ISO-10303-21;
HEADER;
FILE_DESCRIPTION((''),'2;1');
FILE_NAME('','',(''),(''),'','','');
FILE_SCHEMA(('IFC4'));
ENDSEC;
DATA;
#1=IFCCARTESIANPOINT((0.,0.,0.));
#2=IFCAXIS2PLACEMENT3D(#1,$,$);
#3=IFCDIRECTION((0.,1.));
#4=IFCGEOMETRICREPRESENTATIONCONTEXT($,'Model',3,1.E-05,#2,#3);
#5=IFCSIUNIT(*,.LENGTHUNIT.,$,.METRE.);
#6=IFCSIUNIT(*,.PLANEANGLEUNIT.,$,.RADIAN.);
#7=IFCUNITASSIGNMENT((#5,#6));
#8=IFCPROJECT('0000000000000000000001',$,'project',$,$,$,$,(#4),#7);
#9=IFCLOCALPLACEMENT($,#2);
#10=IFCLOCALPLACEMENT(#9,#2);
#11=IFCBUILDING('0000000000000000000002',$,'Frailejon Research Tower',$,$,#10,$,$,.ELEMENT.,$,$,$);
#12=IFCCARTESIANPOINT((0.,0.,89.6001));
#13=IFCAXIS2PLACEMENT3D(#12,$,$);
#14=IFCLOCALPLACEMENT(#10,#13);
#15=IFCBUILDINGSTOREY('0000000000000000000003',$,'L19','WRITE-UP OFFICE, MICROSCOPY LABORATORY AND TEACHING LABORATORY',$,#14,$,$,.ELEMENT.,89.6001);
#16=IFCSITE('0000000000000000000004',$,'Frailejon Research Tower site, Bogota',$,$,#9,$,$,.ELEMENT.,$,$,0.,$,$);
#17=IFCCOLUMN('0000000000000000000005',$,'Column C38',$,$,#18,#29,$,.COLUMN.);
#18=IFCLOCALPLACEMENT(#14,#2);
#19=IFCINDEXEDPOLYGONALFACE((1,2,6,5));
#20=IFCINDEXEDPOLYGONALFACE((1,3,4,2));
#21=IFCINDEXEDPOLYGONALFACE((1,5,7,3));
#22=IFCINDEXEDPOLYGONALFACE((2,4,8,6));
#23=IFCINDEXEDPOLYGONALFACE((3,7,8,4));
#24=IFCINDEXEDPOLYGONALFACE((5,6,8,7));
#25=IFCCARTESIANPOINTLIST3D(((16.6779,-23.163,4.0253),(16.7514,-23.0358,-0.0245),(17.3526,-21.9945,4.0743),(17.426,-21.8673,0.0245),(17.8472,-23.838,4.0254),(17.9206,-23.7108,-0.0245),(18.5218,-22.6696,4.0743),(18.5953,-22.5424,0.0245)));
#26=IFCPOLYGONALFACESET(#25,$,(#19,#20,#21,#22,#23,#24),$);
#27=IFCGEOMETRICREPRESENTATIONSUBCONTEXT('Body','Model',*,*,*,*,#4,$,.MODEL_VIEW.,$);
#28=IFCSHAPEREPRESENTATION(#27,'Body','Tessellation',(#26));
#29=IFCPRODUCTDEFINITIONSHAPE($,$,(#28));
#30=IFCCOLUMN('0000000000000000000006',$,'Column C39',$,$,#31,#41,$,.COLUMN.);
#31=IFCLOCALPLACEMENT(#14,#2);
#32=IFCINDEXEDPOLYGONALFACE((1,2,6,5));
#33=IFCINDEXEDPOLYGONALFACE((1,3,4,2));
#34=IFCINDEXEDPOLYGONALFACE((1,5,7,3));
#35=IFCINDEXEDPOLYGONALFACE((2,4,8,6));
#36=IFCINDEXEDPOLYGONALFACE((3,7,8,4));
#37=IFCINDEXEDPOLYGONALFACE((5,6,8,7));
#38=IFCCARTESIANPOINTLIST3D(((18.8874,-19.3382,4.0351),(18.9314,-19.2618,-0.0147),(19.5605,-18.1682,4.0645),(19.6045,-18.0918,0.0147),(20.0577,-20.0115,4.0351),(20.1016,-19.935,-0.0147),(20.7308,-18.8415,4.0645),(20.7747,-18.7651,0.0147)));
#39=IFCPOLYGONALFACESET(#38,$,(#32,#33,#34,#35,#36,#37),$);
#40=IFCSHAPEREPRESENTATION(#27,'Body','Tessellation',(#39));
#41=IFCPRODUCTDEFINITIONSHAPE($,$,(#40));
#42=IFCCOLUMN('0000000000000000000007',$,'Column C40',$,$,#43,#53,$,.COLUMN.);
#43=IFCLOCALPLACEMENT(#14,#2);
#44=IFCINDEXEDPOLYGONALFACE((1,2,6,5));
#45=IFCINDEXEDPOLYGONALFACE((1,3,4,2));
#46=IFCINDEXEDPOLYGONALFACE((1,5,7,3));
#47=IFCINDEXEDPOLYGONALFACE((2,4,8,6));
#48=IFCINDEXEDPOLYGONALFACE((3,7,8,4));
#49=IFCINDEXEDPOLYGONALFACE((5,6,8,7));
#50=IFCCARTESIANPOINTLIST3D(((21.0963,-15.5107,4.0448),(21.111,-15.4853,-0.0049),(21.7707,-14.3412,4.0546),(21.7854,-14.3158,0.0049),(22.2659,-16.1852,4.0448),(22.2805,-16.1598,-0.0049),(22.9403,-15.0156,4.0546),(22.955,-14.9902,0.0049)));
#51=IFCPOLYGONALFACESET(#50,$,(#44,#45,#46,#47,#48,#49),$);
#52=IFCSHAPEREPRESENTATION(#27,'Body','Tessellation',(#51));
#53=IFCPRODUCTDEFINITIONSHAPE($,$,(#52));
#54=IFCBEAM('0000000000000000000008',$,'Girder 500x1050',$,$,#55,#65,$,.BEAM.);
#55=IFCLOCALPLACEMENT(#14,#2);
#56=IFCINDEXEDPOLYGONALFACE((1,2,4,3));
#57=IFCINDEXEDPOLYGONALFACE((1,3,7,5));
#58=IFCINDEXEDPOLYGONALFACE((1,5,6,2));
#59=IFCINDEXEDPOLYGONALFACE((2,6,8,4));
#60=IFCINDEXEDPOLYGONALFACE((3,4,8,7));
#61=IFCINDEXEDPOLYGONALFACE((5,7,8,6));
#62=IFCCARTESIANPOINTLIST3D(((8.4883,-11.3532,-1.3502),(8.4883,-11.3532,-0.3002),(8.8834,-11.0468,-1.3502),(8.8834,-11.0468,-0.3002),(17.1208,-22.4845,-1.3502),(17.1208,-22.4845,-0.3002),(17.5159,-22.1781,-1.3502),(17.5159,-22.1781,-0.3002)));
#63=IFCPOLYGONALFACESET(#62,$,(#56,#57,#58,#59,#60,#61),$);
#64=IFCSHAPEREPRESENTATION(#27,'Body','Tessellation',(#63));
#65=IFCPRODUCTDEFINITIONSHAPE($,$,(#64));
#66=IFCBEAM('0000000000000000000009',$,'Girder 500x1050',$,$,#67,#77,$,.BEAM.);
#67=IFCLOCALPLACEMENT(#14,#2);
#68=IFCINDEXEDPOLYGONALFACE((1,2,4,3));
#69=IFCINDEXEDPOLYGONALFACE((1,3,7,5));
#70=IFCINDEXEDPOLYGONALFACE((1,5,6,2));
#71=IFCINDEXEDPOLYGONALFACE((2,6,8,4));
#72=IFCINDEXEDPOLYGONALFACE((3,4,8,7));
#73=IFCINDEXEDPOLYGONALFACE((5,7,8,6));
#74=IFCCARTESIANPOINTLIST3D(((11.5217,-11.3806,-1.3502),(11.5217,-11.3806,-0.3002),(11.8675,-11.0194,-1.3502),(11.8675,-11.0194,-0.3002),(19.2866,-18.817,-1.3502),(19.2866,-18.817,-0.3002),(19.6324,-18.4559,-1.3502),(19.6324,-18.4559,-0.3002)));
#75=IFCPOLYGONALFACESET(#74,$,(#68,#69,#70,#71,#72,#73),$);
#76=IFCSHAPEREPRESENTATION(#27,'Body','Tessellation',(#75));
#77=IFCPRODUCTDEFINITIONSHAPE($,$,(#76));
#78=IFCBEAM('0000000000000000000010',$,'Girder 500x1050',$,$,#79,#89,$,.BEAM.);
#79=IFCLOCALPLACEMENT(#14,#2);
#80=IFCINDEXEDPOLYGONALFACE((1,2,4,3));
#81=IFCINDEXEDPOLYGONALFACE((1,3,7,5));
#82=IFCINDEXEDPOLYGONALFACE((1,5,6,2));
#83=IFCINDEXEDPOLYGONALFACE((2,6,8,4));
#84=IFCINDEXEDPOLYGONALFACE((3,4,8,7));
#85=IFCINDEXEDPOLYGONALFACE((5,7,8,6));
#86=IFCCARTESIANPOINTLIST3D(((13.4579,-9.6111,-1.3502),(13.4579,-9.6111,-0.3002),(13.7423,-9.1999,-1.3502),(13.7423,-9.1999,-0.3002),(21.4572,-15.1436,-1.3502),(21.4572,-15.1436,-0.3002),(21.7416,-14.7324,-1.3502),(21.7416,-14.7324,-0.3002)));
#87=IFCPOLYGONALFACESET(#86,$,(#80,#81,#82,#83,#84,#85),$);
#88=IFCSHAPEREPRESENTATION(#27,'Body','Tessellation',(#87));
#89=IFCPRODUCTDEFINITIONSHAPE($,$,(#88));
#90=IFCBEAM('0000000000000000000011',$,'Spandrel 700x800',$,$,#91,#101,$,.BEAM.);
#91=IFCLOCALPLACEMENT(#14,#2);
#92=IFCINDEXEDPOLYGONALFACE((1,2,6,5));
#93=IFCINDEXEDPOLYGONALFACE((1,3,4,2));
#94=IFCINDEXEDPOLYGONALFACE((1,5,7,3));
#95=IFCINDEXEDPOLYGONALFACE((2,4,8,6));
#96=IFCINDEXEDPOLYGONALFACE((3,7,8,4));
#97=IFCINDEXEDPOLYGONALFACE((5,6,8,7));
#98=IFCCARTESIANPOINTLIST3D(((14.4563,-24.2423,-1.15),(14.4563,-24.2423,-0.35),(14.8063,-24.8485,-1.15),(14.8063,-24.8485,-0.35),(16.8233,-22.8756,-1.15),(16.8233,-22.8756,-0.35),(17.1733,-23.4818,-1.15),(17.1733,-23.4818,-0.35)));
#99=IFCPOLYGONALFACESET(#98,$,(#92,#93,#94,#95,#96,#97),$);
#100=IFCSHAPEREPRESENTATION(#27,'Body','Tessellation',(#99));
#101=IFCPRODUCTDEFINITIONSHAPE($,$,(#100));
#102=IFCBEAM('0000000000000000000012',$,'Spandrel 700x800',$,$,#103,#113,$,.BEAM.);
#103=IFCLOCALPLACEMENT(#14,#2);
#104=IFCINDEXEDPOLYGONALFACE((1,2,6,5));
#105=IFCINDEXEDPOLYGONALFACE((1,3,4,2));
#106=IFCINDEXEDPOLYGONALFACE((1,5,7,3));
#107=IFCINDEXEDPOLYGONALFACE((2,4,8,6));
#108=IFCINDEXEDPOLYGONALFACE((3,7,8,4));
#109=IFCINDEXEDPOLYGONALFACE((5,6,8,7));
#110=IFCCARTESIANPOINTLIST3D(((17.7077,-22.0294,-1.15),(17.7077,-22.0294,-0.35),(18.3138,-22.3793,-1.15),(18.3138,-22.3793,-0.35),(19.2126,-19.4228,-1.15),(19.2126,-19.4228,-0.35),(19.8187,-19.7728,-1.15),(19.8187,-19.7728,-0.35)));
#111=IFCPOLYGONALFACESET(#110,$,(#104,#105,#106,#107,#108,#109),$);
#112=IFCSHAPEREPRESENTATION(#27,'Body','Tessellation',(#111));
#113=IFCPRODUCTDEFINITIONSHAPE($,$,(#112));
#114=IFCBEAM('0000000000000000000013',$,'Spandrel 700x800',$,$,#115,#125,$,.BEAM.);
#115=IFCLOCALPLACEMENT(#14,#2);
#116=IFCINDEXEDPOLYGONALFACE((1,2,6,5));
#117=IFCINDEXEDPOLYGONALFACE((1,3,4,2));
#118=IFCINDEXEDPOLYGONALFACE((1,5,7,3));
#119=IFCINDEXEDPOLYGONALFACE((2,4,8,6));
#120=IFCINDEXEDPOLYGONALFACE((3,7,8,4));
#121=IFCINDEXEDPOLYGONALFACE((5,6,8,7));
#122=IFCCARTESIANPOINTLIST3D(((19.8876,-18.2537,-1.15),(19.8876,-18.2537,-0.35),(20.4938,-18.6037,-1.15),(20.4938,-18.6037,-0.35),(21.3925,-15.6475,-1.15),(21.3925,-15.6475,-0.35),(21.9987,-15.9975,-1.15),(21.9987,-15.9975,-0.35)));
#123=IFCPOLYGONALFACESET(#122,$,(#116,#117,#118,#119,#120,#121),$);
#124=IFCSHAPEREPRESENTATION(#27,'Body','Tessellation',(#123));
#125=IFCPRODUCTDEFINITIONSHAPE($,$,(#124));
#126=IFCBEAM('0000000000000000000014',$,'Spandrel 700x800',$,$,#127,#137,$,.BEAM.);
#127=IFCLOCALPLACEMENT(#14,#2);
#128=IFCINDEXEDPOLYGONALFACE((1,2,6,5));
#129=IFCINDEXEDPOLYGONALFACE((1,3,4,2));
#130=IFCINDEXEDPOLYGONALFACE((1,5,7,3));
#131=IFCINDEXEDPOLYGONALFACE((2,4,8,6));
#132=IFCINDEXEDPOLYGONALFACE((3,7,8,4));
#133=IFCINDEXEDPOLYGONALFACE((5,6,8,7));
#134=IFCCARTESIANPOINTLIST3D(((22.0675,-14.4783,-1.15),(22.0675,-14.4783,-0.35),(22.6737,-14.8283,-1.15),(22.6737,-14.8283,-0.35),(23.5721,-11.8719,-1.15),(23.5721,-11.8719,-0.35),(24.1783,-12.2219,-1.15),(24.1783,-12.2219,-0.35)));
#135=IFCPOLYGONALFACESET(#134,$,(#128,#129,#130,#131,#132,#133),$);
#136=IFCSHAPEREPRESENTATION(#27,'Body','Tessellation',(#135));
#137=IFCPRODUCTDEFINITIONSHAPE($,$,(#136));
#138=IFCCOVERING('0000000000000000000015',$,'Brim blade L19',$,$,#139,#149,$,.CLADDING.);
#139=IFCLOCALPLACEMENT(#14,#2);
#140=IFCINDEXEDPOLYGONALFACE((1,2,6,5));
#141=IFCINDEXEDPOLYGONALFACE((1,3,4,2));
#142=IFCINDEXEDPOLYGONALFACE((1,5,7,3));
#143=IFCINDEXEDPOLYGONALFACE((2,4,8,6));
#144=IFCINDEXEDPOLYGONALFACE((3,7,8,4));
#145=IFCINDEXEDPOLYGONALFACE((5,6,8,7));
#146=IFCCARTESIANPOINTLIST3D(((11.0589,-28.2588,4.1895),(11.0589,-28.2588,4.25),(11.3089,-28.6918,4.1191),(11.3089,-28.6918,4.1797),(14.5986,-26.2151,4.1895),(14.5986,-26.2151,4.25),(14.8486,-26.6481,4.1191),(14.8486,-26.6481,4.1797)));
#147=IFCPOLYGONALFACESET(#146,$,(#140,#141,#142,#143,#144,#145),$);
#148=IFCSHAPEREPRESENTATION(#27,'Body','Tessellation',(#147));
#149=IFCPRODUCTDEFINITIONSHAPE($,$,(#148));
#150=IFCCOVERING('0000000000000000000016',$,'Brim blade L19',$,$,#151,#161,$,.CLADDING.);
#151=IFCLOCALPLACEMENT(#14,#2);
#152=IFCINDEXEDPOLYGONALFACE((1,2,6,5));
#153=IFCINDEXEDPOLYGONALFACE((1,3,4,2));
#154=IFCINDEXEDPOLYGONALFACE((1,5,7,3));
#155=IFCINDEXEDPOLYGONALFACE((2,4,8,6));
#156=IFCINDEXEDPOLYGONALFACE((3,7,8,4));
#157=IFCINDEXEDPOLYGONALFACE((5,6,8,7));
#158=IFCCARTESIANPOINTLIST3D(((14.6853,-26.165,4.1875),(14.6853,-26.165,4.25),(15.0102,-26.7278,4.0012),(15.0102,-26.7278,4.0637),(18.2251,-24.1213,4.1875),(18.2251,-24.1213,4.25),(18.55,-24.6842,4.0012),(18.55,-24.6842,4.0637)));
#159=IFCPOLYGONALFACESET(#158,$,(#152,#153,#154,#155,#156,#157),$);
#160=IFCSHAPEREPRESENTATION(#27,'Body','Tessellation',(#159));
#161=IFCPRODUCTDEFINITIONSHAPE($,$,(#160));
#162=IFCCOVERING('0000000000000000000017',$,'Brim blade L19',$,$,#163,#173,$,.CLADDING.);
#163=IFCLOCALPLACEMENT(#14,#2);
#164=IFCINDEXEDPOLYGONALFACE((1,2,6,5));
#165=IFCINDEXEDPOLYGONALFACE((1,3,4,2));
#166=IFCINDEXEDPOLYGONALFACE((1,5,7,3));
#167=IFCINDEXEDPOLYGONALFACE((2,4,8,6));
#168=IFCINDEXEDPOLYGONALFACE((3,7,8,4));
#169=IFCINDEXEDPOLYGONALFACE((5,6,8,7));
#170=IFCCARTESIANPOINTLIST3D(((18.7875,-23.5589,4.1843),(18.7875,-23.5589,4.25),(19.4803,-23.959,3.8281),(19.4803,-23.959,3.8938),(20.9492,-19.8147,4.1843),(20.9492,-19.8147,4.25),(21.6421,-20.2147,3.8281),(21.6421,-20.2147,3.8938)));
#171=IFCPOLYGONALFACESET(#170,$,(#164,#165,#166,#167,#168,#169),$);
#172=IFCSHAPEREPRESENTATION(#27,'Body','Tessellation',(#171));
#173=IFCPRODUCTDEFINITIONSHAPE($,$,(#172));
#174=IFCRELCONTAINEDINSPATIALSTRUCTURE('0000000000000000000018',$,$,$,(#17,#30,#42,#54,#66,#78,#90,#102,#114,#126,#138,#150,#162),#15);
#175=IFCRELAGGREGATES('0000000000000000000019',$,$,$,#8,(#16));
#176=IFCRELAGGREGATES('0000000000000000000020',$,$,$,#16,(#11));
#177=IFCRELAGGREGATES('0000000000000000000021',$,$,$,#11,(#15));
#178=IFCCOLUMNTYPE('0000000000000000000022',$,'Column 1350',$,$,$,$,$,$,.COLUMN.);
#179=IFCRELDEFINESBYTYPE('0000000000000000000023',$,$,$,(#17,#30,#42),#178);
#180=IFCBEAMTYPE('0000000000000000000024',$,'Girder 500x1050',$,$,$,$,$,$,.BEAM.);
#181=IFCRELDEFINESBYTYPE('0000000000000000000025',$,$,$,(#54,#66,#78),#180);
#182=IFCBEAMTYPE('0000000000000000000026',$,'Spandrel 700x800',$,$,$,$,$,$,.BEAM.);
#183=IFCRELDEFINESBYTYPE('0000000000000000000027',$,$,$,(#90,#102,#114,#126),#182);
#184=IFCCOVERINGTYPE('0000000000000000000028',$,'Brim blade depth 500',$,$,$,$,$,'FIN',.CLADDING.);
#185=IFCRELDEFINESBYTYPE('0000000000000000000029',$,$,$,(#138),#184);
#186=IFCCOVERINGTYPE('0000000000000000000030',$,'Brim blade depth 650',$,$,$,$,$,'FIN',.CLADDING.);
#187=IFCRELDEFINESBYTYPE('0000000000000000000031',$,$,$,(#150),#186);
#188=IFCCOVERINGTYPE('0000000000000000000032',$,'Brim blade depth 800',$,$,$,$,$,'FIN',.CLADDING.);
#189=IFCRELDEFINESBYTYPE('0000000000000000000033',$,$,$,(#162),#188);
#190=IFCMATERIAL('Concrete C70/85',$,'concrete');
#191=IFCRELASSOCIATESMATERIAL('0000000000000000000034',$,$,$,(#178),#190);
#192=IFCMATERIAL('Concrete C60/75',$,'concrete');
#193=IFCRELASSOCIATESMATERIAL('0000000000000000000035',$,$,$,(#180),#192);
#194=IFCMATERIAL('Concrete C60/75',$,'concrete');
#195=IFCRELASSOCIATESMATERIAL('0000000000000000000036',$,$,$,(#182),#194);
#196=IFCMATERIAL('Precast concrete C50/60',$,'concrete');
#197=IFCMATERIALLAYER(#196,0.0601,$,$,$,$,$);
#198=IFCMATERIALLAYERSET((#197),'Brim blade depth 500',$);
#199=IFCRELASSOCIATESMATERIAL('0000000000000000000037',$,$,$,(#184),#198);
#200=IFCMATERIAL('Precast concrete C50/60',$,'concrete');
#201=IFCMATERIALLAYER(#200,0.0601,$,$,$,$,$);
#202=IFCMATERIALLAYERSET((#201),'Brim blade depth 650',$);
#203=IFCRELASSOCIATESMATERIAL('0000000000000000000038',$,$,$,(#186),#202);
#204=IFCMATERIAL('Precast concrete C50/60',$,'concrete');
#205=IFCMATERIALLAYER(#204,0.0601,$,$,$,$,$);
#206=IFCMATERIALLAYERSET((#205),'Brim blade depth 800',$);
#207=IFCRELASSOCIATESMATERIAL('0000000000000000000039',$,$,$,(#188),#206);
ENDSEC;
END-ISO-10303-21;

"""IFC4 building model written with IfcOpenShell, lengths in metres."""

from ifc_helpers import new_model, si_unit, direction, frame, origin, origin_2d, place, context, subcontext, project, spatial, polyline, rectangle, outline, extrude, material, layer, layer_set, material_profile, profile_set, type_object, element, save


model = new_model("IFC4")

# Units and contexts
model_context = context("Model", 3, precision=1e-05, world=origin(), true_north=direction((0.0, 1.0)))
body_context = subcontext(model_context, "Body", "Model", "MODEL_VIEW")
ifc_project = project(units=[si_unit("LENGTHUNIT", "METRE"), si_unit("PLANEANGLEUNIT", "RADIAN")], contexts=[model_context])

# Site, building, storey
site_placement = place(None, origin())
site = spatial("IfcSite", under=ifc_project, at=site_placement, Name="Frailejon Research Tower site, Bogota", CompositionType="ELEMENT", RefElevation=0.0)
building_placement = place(site_placement, origin())
building = spatial("IfcBuilding", under=site, at=building_placement, Name="Frailejon Research Tower", CompositionType="ELEMENT")
storey_placement = place(building_placement, frame((0.0, 0.0, 89.6001)))
storey = spatial("IfcBuildingStorey", under=building, at=storey_placement, Name="L19", Description="WRITE-UP OFFICE, MICROSCOPY LABORATORY AND TEACHING LABORATORY", CompositionType="ELEMENT", Elevation=89.6001)

# Columns
ifc_material_1 = material(Name="Concrete C70/85", Category="concrete")
ifc_material_profile_1 = material_profile(ifc_material_1, rectangle(XDim=1.3501, YDim=1.3501, at=origin_2d()), Name="Column 1350")
ifc_profile_set_1 = profile_set([ifc_material_profile_1], Name="Concrete C70/85")
column_type = type_object("IfcColumnType", Name="Column 1350", PredefinedType="COLUMN", material=ifc_profile_set_1)
column_1_placement = place(storey_placement, frame((17.6733, -22.7891, 0.0), z_axis=(-0.018134, -0.031388, 0.999343), x_axis=(0.499675, 0.865454, 0.036249)))
element("IfcColumn", 1, at=column_1_placement, inside=storey, type_object=column_type, Name="Column C38", PredefinedType="COLUMN", context=body_context, shape_type="SweptSolid", body=[
    extrude(rectangle(XDim=1.3501, YDim=1.3501, at=origin_2d()), origin(), (0.0, 0.0, 1.0), 4.0525),
])
column_2_placement = place(storey_placement, frame((19.853, -19.0134, 0.0), z_axis=(-0.010849, -0.018865, 0.999763), x_axis=(0.498562, 0.866581, 0.021762)))
element("IfcColumn", 2, at=column_2_placement, inside=storey, type_object=column_type, Name="Column C39", PredefinedType="COLUMN", context=body_context, shape_type="SweptSolid", body=[
    extrude(rectangle(XDim=1.3501, YDim=1.3501, at=origin_2d()), origin(), (0.0, 0.0, 1.0), 4.0508),
])
column_3_placement = place(storey_placement, frame((22.033, -15.2378, 0.0), z_axis=(-0.003617, -0.006269, 0.999974), x_axis=(0.499535, 0.866263, 0.007238)))
element("IfcColumn", 3, at=column_3_placement, inside=storey, type_object=column_type, Name="Column C40", PredefinedType="COLUMN", context=body_context, shape_type="SweptSolid", body=[
    extrude(rectangle(XDim=1.3501, YDim=1.3501, at=origin_2d()), origin(), (0.0, 0.0, 1.0), 4.0498),
])

# Beams
ifc_material_2 = material(Name="Concrete C60/75", Category="concrete")
ifc_material_profile_2 = material_profile(ifc_material_2, rectangle(XDim=0.5, YDim=1.05, at=origin_2d()), Name="Girder 500x1050")
ifc_profile_set_2 = profile_set([ifc_material_profile_2], Name="Concrete C60/75")
beam_type_1 = type_object("IfcBeamType", Name="Girder 500x1050", PredefinedType="BEAM", material=ifc_profile_set_2)
beam_1_placement = place(storey_placement, frame((17.3184, -22.3313, -0.8252), z_axis=(-0.612828, 0.790217, 0.0), x_axis=(-0.790217, -0.612828, 0.0)))
element("IfcBeam", 4, at=beam_1_placement, inside=storey, type_object=beam_type_1, Name="Girder 500x1050", PredefinedType="BEAM", context=body_context, shape_type="SweptSolid", body=[
    extrude(rectangle(XDim=0.5, YDim=1.05, at=origin_2d()), origin(), (0.0, 0.0, 1.0), 14.0864),
])
beam_2_placement = place(storey_placement, frame((19.4595, -18.6365, -0.8252), z_axis=(-0.722213, 0.691671, 0.0), x_axis=(-0.691671, -0.722213, 0.0)))
element("IfcBeam", 5, at=beam_2_placement, inside=storey, type_object=beam_type_1, Name="Girder 500x1050", PredefinedType="BEAM", context=body_context, shape_type="SweptSolid", body=[
    extrude(rectangle(XDim=0.5, YDim=1.05, at=origin_2d()), origin(), (0.0, 0.0, 1.0), 10.7515),
])
beam_3_placement = place(storey_placement, frame((21.5994, -14.938, -0.8252), z_axis=(-0.822456, 0.568829, 0.0), x_axis=(-0.568829, -0.822456, 0.0)))
element("IfcBeam", 6, at=beam_3_placement, inside=storey, type_object=beam_type_1, Name="Girder 500x1050", PredefinedType="BEAM", context=body_context, shape_type="SweptSolid", body=[
    extrude(rectangle(XDim=0.5, YDim=1.05, at=origin_2d()), origin(), (0.0, 0.0, 1.0), 9.7261),
])
ifc_material_3 = material(Name="Concrete C60/75", Category="concrete")
ifc_material_profile_3 = material_profile(ifc_material_3, rectangle(XDim=0.7, YDim=0.8, at=origin_2d()), Name="Spandrel 700x800")
ifc_profile_set_3 = profile_set([ifc_material_profile_3], Name="Concrete C60/75")
beam_type_2 = type_object("IfcBeamType", Name="Spandrel 700x800", PredefinedType="BEAM", material=ifc_profile_set_3)
beam_4_placement = place(storey_placement, frame((14.6313, -24.5454, -0.75), z_axis=(0.866003, 0.500039, 0.0), x_axis=(-0.500039, 0.866003, 0.0)))
element("IfcBeam", 7, at=beam_4_placement, inside=storey, type_object=beam_type_2, Name="Spandrel 700x800", PredefinedType="BEAM", context=body_context, shape_type="SweptSolid", body=[
    extrude(rectangle(XDim=0.7, YDim=0.8, at=origin_2d()), origin(), (0.0, 0.0, 1.0), 2.7332),
])
beam_5_placement = place(storey_placement, frame((18.0107, -22.2043, -0.75), z_axis=(0.500013, 0.866018, 0.0), x_axis=(-0.866018, 0.500013, 0.0)))
element("IfcBeam", 8, at=beam_5_placement, inside=storey, type_object=beam_type_2, Name="Spandrel 700x800", PredefinedType="BEAM", context=body_context, shape_type="SweptSolid", body=[
    extrude(rectangle(XDim=0.7, YDim=0.8, at=origin_2d()), origin(), (0.0, 0.0, 1.0), 3.0098),
])
for number, where, z_axis, x_axis, name in (
    (9, (20.1907, -18.4287, -0.75), (0.500048, 0.865998, 0.0), (-0.865998, 0.500048, 0.0), "Spandrel 700x800"),
    (10, (22.3706, -14.6533, -0.75), (0.499952, 0.866053, 0.0), (-0.866053, 0.499952, 0.0), "Spandrel 700x800"),
):
    element("IfcBeam", number, at=place(storey_placement, frame(where, z_axis=z_axis, x_axis=x_axis)), inside=storey, type_object=beam_type_2, Name=name, PredefinedType="BEAM", context=body_context, shape_type="SweptSolid", body=[
        extrude(rectangle(XDim=0.7, YDim=0.8, at=origin_2d()), origin(), (0.0, 0.0, 1.0), 3.0095),
    ])

# Coverings
ifc_material_4 = material(Name="Precast concrete C50/60", Category="concrete")
ifc_layer_1 = layer(ifc_material_4, 0.0601)
ifc_layer_set_1 = layer_set([ifc_layer_1], Name="Brim blade depth 500")
covering_type_1 = type_object("IfcCoveringType", Name="Brim blade depth 500", ElementType="FIN", PredefinedType="CLADDING", material=ifc_layer_set_1)
covering_1_placement = place(storey_placement, frame((14.5986, -26.2151, 4.25), z_axis=(-0.866021, -0.500007, 0.0), x_axis=(0.500007, -0.866021, 0.0)))
element("IfcCovering", 11, at=covering_1_placement, inside=storey, type_object=covering_type_1, Name="Brim blade L19", PredefinedType="CLADDING", context=body_context, shape_type="SweptSolid", body=[
    extrude(outline(polyline([(0.0, -0.0605), (0.5, -0.1309), (0.5, -0.0703), (0.0, 0.0), (0.0, -0.0605)])), origin(), (0.0, 0.0, 1.0), 4.0874),
])
ifc_material_5 = material(Name="Precast concrete C50/60", Category="concrete")
ifc_layer_2 = layer(ifc_material_5, 0.0601)
ifc_layer_set_2 = layer_set([ifc_layer_2], Name="Brim blade depth 650")
covering_type_2 = type_object("IfcCoveringType", Name="Brim blade depth 650", ElementType="FIN", PredefinedType="CLADDING", material=ifc_layer_set_2)
covering_2_placement = place(storey_placement, frame((18.2251, -24.1213, 4.25), z_axis=(-0.866032, -0.499989, 0.0), x_axis=(0.499989, -0.866032, 0.0)))
element("IfcCovering", 12, at=covering_2_placement, inside=storey, type_object=covering_type_2, Name="Brim blade L19", PredefinedType="CLADDING", context=body_context, shape_type="SweptSolid", body=[
    extrude(outline(polyline([(0.0, -0.0625), (0.6499, -0.2488), (0.6499, -0.1863), (0.0, 0.0), (0.0, -0.0625)])), origin(), (0.0, 0.0, 1.0), 4.0874),
])
ifc_material_6 = material(Name="Precast concrete C50/60", Category="concrete")
ifc_layer_3 = layer(ifc_material_6, 0.0601)
ifc_layer_set_3 = layer_set([ifc_layer_3], Name="Brim blade depth 800")
covering_type_3 = type_object("IfcCoveringType", Name="Brim blade depth 800", ElementType="FIN", PredefinedType="CLADDING", material=ifc_layer_set_3)
covering_3_placement = place(storey_placement, frame((20.9492, -19.8147, 4.25), z_axis=(-0.500005, -0.866023, 0.0), x_axis=(0.866023, -0.500005, 0.0)))
element("IfcCovering", 13, at=covering_3_placement, inside=storey, type_object=covering_type_3, Name="Brim blade L19", PredefinedType="CLADDING", context=body_context, shape_type="SweptSolid", body=[
    extrude(outline(polyline([(0.0, -0.0657), (0.8, -0.4219), (0.8, -0.3562), (0.0, 0.0), (0.0, -0.0657)])), origin(), (0.0, 0.0, 1.0), 4.3235),
])

save(model, "model.ifc")
